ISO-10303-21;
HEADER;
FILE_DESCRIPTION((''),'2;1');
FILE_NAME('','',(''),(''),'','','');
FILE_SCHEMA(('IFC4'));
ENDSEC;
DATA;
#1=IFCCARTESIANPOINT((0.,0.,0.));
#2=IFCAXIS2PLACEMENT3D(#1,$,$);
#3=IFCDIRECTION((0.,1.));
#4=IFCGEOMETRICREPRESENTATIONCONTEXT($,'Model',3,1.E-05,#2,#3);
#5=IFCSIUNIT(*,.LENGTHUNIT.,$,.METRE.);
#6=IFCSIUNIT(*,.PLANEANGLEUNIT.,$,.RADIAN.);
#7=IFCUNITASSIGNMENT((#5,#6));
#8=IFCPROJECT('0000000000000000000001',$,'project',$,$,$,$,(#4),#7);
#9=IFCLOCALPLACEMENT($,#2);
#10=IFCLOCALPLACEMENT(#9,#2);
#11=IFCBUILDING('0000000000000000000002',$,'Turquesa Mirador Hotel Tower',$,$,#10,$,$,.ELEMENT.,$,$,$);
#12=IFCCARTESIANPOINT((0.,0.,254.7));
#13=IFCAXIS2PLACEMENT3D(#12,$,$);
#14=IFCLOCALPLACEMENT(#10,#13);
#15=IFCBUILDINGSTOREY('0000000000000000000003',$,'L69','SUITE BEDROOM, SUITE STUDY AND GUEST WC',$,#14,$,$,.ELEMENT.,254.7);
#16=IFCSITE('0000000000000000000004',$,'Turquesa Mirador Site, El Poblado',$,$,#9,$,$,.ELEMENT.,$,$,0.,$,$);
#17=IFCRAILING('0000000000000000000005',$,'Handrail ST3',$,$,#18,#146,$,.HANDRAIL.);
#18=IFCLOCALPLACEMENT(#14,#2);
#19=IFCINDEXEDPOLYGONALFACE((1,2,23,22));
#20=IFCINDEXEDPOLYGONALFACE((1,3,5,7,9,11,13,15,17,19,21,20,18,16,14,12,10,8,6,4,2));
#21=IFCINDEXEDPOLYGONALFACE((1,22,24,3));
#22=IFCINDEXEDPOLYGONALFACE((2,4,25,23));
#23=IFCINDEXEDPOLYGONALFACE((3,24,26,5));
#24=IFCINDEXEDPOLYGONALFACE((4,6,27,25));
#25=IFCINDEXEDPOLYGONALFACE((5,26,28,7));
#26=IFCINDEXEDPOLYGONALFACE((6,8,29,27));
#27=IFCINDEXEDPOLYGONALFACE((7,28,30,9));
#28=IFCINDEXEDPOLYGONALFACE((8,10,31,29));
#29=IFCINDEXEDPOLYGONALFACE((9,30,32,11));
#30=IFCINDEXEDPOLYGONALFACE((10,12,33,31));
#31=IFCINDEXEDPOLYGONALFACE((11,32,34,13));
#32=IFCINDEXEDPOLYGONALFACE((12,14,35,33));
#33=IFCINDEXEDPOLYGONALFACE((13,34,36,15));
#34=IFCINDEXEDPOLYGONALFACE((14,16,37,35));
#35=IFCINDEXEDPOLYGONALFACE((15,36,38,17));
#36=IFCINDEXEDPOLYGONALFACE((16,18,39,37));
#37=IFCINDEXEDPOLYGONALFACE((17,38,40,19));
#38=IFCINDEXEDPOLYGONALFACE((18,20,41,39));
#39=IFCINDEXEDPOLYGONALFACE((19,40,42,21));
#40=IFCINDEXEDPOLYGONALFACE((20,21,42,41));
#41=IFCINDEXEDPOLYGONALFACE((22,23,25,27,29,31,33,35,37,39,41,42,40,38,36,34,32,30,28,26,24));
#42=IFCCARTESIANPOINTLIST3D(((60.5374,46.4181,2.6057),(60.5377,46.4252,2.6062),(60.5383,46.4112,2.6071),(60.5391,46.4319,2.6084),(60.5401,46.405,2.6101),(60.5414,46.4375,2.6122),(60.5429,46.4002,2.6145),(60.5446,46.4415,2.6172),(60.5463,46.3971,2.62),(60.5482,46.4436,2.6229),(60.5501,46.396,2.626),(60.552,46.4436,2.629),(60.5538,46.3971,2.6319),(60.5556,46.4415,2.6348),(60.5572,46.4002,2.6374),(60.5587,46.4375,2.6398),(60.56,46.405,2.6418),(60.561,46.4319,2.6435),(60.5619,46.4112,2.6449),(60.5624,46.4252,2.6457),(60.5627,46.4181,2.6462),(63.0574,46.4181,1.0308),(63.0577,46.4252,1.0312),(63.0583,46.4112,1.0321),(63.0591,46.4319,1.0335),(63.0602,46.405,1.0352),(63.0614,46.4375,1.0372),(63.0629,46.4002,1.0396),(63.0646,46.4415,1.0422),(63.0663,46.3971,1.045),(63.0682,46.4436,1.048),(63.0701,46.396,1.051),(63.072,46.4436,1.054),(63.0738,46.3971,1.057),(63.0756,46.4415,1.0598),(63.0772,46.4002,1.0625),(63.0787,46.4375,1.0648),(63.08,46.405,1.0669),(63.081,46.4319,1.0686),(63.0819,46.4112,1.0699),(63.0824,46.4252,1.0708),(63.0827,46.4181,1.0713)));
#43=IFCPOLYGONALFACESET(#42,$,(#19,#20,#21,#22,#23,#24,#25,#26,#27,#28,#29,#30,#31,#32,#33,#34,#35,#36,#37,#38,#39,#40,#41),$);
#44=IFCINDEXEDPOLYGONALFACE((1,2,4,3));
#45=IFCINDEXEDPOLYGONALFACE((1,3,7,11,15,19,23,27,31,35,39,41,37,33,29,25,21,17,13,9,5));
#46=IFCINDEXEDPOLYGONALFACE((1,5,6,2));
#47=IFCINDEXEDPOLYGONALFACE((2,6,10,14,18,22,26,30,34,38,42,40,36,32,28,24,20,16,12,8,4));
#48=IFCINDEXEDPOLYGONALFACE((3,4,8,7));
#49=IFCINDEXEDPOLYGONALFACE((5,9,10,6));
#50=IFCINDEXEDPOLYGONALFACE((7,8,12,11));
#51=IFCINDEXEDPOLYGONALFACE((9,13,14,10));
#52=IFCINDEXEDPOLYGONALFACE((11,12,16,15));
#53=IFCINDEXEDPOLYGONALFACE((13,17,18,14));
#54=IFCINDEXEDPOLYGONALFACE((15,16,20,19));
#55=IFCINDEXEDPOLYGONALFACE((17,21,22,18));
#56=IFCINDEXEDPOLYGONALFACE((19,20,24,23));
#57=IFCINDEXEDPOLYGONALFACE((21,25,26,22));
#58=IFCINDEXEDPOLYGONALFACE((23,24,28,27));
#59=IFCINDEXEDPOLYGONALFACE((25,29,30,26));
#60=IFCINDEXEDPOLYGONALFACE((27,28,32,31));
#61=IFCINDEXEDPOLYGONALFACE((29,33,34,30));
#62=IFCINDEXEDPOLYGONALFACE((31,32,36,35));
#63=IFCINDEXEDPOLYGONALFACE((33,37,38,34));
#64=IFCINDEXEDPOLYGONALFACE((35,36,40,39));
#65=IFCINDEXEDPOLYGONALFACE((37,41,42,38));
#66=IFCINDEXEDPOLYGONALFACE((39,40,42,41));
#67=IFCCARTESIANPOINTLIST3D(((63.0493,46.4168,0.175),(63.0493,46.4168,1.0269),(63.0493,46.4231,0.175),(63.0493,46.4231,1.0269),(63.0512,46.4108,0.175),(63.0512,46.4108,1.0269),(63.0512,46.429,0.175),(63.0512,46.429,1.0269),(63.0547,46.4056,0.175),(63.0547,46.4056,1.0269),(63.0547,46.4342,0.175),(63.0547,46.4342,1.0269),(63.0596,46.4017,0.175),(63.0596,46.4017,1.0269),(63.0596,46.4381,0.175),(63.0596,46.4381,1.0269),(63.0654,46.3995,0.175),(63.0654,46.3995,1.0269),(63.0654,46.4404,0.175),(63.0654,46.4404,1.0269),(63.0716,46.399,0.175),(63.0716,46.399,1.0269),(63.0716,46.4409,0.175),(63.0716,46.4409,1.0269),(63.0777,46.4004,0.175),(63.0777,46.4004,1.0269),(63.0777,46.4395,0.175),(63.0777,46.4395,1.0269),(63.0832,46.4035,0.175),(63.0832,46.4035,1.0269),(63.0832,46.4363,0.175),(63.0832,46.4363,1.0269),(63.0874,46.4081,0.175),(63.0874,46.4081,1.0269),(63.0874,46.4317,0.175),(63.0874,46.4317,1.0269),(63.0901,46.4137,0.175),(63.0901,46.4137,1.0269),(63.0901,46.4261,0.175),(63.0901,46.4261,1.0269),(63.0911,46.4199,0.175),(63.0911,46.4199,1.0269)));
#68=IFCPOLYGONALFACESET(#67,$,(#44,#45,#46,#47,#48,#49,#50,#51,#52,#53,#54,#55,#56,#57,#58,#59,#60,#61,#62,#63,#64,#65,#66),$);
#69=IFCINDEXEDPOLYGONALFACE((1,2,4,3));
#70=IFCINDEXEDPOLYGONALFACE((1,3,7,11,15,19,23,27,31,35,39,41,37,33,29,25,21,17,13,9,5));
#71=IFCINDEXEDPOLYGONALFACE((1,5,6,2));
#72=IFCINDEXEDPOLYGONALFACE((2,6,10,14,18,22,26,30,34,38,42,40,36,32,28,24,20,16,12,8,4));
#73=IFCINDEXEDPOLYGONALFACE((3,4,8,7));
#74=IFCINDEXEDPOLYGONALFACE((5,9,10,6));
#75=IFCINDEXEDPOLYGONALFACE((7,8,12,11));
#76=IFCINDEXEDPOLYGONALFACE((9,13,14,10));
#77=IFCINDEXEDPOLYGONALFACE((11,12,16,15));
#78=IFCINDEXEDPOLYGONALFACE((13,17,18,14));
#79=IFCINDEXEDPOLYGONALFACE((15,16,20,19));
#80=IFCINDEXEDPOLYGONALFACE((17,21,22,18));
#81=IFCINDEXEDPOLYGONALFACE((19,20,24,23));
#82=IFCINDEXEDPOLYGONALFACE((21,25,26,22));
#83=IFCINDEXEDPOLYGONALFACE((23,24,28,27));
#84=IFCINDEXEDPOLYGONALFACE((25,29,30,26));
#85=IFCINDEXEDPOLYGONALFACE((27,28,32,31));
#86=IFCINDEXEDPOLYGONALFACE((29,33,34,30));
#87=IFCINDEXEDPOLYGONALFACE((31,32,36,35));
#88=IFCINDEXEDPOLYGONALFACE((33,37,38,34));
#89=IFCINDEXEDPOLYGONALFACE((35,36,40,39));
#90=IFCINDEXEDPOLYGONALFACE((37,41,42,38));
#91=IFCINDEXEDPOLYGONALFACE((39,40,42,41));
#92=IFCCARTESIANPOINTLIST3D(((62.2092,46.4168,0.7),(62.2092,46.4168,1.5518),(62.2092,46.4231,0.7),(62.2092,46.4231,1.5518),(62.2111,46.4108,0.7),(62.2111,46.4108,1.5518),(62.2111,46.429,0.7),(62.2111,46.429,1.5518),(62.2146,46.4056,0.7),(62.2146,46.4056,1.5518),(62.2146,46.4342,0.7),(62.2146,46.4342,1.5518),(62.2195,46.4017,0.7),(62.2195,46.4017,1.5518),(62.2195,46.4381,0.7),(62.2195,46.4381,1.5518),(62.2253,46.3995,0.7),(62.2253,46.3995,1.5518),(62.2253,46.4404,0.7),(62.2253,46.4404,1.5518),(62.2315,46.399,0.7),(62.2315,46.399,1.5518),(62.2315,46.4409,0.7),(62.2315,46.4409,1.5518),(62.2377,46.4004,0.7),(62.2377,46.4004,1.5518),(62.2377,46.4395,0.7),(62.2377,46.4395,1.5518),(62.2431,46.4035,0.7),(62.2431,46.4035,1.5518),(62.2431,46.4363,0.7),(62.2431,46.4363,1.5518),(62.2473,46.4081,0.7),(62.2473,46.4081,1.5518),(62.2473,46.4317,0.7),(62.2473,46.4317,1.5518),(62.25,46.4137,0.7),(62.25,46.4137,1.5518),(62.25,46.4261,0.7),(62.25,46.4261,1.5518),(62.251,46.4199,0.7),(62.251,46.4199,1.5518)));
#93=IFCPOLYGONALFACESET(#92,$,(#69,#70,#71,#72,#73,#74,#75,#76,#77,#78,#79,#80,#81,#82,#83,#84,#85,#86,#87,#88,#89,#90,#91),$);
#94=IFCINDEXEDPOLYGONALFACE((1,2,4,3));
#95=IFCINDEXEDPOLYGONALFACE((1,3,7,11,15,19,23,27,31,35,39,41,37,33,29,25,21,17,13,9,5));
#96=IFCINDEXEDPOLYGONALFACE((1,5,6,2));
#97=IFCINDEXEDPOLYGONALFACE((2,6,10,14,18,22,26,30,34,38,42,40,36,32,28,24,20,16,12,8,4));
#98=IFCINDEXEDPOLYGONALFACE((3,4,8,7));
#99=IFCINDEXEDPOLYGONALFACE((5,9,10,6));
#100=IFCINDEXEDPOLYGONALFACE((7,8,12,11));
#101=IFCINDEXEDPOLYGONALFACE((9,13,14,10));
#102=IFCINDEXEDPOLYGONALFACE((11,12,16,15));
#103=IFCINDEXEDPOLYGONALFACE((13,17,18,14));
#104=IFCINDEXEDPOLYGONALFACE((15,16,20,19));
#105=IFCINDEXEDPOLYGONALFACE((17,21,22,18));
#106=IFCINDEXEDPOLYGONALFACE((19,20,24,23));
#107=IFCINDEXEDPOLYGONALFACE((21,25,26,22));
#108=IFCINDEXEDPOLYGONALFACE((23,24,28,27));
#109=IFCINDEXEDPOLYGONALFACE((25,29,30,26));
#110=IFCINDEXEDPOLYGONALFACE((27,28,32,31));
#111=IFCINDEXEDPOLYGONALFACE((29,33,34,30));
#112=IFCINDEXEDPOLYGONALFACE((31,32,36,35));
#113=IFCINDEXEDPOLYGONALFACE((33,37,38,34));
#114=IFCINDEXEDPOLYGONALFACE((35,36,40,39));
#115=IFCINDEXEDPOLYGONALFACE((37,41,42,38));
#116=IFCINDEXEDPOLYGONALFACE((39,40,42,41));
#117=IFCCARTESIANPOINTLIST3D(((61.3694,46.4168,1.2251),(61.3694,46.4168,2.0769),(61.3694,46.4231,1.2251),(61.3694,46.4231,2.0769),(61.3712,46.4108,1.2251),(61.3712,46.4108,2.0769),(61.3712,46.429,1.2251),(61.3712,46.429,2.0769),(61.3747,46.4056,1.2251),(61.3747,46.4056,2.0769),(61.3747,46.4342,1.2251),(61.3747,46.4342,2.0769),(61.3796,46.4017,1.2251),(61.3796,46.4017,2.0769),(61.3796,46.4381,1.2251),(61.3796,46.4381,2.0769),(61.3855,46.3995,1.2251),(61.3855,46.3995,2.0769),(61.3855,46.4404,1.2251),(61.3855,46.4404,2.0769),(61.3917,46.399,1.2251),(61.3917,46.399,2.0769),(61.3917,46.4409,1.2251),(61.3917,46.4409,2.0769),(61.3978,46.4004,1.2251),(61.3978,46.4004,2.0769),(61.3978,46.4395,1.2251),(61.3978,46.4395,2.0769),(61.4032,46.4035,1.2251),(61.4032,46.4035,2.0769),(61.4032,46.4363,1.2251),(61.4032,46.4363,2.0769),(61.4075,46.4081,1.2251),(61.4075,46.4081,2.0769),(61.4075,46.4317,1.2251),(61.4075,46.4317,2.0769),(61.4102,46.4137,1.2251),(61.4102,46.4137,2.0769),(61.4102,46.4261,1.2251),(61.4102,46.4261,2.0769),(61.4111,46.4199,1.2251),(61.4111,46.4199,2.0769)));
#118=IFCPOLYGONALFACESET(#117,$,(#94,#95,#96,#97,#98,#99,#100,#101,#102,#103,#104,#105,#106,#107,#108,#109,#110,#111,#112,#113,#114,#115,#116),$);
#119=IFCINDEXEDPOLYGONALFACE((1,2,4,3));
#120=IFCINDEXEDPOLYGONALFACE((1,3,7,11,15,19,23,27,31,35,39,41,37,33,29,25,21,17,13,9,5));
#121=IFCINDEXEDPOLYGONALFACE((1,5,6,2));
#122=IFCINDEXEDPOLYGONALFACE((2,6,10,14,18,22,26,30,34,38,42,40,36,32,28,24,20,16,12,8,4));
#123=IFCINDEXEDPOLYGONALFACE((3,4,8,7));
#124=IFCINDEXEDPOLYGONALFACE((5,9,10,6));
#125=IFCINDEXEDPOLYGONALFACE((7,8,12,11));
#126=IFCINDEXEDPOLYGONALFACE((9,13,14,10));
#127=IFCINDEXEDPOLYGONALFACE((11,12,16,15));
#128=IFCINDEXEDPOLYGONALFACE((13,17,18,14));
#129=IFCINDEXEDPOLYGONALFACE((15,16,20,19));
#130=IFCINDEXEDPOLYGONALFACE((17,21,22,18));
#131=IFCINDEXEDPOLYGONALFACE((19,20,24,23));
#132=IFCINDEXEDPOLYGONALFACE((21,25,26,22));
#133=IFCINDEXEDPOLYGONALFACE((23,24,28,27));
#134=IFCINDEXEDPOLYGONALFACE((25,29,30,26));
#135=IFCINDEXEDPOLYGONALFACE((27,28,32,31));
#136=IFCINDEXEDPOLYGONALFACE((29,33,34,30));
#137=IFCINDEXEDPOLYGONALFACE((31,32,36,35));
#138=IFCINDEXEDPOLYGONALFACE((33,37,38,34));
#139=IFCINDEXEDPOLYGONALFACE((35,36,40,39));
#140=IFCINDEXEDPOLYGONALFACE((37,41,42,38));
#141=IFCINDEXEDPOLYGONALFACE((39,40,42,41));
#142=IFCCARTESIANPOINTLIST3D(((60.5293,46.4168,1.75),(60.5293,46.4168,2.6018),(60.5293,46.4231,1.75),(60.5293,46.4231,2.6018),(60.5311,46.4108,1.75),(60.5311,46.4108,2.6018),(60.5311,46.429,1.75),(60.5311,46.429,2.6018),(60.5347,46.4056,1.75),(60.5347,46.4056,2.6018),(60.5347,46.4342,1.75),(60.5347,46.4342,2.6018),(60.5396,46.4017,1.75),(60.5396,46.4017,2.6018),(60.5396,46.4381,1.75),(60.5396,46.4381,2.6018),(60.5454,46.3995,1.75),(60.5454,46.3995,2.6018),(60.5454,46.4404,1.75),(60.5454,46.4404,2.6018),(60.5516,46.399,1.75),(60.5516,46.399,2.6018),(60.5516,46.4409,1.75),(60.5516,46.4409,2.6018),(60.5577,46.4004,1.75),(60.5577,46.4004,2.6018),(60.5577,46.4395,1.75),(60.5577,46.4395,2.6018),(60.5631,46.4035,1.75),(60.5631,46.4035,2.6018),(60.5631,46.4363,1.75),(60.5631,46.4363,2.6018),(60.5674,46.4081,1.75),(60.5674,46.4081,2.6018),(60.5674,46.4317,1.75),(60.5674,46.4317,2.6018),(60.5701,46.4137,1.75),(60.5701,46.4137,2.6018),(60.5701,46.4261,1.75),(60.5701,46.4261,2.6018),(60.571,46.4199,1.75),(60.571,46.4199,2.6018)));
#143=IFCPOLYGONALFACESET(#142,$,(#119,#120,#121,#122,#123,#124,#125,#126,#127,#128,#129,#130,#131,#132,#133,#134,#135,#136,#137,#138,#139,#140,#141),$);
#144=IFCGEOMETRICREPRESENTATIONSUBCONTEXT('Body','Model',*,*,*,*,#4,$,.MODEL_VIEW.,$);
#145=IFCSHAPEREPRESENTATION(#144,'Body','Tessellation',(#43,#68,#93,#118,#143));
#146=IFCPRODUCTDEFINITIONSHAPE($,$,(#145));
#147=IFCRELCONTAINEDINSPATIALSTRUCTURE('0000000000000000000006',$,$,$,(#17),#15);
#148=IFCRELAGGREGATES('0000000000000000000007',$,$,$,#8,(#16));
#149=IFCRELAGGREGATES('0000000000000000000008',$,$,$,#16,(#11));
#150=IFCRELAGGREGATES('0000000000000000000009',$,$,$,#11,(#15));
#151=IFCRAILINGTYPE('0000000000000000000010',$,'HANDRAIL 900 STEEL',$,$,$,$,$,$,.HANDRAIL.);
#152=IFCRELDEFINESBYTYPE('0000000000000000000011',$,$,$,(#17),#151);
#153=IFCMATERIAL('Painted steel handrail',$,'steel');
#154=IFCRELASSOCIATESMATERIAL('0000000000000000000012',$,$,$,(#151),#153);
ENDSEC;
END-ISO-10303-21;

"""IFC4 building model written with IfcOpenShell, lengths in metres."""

from ifc_helpers import new_model, si_unit, direction, frame, origin, origin_2d, place, context, subcontext, project, spatial, circle, extrude, material, type_object, element, save


model = new_model("IFC4")

# Units and contexts
model_context = context("Model", 3, precision=1e-05, world=origin(), true_north=direction((0.0, 1.0)))
body_context = subcontext(model_context, "Body", "Model", "MODEL_VIEW")
ifc_project = project(units=[si_unit("LENGTHUNIT", "METRE"), si_unit("PLANEANGLEUNIT", "RADIAN")], contexts=[model_context])

# Site, building, storey
site_placement = place(None, origin())
site = spatial("IfcSite", under=ifc_project, at=site_placement, Name="Turquesa Mirador Site, El Poblado", CompositionType="ELEMENT", RefElevation=0.0)
building_placement = place(site_placement, origin())
building = spatial("IfcBuilding", under=site, at=building_placement, Name="Turquesa Mirador Hotel Tower", CompositionType="ELEMENT")
storey_placement = place(building_placement, frame((0.0, 0.0, 254.7)))
storey = spatial("IfcBuildingStorey", under=building, at=storey_placement, Name="L69", Description="SUITE BEDROOM, SUITE STUDY AND GUEST WC", CompositionType="ELEMENT", Elevation=254.7)

# Railing
ifc_material_1 = material(Name="Painted steel handrail", Category="steel")
railing_type = type_object("IfcRailingType", Name="HANDRAIL 900 STEEL", PredefinedType="HANDRAIL", material=ifc_material_1)
railing_1_placement = place(storey_placement, frame((63.0701, 46.4199, 0.175)))
element("IfcRailing", 1, at=railing_1_placement, inside=storey, type_object=railing_type, Name="Handrail ST3", PredefinedType="HANDRAIL", context=body_context, shape_type="SweptSolid", body=[
    extrude(circle(Radius=0.0239, at=origin_2d()), frame((0.0, 0.0, 0.876), z_axis=(-0.848008, 0.0, 0.529984), x_axis=(0.0, -1.0, 0.0)), (0.0, 0.0, 1.0), 2.9717),
    extrude(circle(Radius=0.021, at=origin_2d()), origin(), (0.0, 0.0, 1.0), 0.8518),
    extrude(circle(Radius=0.021, at=origin_2d()), frame((-0.8401, 0.0, 0.5249)), (0.0, 0.0, 1.0), 0.8518),
    extrude(circle(Radius=0.021, at=origin_2d()), frame((-1.6799, 0.0, 1.05)), (0.0, 0.0, 1.0), 0.8518),
    extrude(circle(Radius=0.021, at=origin_2d()), frame((-2.52, 0.0, 1.575)), (0.0, 0.0, 1.0), 0.8518),
])

save(model, "model.ifc")
